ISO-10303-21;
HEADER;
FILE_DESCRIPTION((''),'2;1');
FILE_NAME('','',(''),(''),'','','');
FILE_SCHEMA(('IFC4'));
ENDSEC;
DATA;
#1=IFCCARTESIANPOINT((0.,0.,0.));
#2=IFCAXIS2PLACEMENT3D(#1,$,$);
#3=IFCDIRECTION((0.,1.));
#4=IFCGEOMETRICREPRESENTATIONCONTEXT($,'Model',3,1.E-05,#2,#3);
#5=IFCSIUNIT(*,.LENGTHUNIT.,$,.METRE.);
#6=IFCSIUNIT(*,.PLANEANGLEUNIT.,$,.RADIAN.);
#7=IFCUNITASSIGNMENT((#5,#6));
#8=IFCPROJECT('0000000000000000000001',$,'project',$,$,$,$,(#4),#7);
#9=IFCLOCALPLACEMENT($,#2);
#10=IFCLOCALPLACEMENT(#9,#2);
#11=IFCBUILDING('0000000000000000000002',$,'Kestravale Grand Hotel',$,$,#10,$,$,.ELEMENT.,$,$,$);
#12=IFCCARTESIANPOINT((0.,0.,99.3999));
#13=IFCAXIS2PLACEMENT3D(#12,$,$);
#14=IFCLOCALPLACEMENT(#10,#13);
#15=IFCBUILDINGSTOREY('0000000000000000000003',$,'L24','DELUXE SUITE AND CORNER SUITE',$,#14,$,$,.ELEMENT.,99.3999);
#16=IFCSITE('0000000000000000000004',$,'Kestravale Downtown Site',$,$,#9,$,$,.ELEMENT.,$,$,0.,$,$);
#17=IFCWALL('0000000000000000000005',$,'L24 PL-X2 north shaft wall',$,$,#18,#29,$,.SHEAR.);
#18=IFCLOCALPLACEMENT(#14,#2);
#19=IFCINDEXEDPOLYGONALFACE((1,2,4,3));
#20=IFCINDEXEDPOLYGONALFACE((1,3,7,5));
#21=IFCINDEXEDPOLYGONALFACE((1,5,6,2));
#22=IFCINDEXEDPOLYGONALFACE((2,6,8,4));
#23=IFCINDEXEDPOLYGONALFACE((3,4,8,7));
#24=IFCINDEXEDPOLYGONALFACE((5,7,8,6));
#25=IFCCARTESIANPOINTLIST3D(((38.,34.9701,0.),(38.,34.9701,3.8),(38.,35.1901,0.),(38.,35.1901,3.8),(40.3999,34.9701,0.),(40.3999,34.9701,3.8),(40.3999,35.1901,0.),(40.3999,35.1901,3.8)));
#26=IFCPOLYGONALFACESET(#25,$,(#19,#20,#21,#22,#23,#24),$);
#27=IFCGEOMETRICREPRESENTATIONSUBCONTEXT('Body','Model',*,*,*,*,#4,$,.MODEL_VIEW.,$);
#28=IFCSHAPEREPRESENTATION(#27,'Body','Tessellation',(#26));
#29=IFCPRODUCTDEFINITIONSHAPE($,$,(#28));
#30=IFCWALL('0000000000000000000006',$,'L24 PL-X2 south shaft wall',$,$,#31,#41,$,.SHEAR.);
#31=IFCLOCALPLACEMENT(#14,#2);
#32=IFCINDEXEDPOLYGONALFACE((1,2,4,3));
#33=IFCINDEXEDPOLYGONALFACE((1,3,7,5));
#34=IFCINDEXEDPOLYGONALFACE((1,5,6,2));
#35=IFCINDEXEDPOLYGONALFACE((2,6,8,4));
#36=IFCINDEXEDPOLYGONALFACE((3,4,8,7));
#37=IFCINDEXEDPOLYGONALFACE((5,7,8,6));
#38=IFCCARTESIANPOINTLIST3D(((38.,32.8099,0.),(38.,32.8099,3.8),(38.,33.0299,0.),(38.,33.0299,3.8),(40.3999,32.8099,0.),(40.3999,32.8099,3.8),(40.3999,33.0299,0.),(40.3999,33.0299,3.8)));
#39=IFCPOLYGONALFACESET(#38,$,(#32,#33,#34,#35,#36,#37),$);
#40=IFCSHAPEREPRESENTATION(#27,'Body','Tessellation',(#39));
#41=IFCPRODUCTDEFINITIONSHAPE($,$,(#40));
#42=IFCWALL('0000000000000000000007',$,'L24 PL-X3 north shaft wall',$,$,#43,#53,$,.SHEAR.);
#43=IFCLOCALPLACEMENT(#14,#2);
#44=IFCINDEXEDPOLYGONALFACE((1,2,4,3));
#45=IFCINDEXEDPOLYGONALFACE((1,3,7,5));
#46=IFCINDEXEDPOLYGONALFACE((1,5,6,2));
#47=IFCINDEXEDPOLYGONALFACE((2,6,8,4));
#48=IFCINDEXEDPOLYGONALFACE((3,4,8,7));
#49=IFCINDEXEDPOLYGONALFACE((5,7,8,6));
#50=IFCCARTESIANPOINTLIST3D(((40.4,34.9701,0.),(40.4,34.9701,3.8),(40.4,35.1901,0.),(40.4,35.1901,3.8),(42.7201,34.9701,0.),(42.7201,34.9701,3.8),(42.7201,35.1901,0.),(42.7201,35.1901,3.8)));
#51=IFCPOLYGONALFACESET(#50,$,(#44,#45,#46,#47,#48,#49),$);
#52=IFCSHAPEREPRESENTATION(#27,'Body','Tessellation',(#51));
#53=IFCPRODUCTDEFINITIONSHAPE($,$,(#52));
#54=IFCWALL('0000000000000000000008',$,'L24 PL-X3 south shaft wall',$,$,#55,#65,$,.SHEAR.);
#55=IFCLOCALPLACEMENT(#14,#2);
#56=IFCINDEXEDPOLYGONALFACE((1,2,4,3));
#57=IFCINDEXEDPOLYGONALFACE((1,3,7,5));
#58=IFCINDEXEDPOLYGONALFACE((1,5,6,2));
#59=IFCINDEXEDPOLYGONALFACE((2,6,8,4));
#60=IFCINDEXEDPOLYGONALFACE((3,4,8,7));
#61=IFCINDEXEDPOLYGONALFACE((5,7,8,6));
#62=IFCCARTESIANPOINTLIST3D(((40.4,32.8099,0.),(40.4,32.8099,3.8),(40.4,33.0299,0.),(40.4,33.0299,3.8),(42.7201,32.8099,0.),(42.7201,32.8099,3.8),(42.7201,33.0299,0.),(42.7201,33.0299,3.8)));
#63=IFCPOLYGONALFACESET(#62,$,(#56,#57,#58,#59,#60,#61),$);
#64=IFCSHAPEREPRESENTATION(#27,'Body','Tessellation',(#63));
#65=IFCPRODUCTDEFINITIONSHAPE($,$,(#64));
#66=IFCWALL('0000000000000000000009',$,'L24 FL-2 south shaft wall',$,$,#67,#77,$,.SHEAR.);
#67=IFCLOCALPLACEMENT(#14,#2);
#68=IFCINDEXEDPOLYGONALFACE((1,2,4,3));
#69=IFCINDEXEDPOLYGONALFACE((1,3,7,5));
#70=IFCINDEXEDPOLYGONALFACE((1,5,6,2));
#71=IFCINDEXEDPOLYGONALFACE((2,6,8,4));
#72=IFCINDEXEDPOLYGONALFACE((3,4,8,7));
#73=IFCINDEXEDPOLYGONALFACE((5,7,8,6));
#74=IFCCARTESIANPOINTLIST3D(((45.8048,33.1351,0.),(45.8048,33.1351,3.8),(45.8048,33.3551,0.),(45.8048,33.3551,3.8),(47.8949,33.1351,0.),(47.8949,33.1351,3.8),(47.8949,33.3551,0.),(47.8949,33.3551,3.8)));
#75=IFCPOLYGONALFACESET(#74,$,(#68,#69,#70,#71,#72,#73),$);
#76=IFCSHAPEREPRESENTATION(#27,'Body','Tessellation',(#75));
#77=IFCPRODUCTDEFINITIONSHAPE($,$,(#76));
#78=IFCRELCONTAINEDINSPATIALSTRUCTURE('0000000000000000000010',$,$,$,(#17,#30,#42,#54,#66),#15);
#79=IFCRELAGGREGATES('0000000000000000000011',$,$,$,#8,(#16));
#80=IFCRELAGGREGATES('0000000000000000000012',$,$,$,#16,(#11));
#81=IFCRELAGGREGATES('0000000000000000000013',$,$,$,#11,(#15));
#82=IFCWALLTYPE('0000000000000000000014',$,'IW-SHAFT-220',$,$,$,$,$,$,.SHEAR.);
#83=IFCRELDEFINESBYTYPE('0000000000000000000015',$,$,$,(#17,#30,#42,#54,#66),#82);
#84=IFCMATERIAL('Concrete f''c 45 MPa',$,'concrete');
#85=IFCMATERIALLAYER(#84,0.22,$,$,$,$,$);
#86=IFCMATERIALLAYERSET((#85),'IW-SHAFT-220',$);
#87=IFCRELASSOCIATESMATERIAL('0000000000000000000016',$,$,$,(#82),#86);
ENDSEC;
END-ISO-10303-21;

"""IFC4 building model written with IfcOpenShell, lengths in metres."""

from ifc_helpers import new_model, si_unit, direction, frame, frame_2d, origin, place, context, subcontext, project, spatial, rectangle, extrude, material, layer, layer_set, type_object, element, save


model = new_model("IFC4")

# Units and contexts
model_context = context("Model", 3, precision=1e-05, world=origin(), true_north=direction((0.0, 1.0)))
body_context = subcontext(model_context, "Body", "Model", "MODEL_VIEW")
ifc_project = project(units=[si_unit("LENGTHUNIT", "METRE"), si_unit("PLANEANGLEUNIT", "RADIAN")], contexts=[model_context])

# Site, building, storey
site_placement = place(None, origin())
site = spatial("IfcSite", under=ifc_project, at=site_placement, Name="Kestravale Downtown Site", CompositionType="ELEMENT", RefElevation=0.0)
building_placement = place(site_placement, origin())
building = spatial("IfcBuilding", under=site, at=building_placement, Name="Kestravale Grand Hotel", CompositionType="ELEMENT")
storey_placement = place(building_placement, frame((0.0, 0.0, 99.3999)))
storey = spatial("IfcBuildingStorey", under=building, at=storey_placement, Name="L24", Description="DELUXE SUITE AND CORNER SUITE", CompositionType="ELEMENT", Elevation=99.3999)

# Walls
ifc_material_1 = material(Name="Concrete f'c 45 MPa", Category="concrete")
ifc_layer_1 = layer(ifc_material_1, 0.22)
ifc_layer_set_1 = layer_set([ifc_layer_1], Name="IW-SHAFT-220")
wall_type_1 = type_object("IfcWallType", Name="IW-SHAFT-220", PredefinedType="SHEAR", material=ifc_layer_set_1)
for number, where, z_axis, x_axis, name in (
    (1, (38.0, 35.0801, 0.0), (0.0, 0.0, 1.0), (1.0, 0.0, 0.0), "L24 PL-X2 north shaft wall"),
    (2, (38.0, 32.9199, 0.0), (0.0, 0.0, 1.0), (1.0, 0.0, 0.0), "L24 PL-X2 south shaft wall"),
):
    element("IfcWall", number, at=place(storey_placement, frame(where, z_axis=z_axis, x_axis=x_axis)), inside=storey, type_object=wall_type_1, Name=name, PredefinedType="SHEAR", context=body_context, shape_type="SweptSolid", body=[
        extrude(rectangle(XDim=2.3999, YDim=0.22, at=frame_2d((1.2, 0.0))), origin(), (0.0, 0.0, 1.0), 3.8),
    ])
for number, where, z_axis, x_axis, name in (
    (3, (40.3999, 35.0801, 0.0), (0.0, 0.0, 1.0), (1.0, 0.0, 0.0), "L24 PL-X3 north shaft wall"),
    (4, (40.3999, 32.9199, 0.0), (0.0, 0.0, 1.0), (1.0, 0.0, 0.0), "L24 PL-X3 south shaft wall"),
):
    element("IfcWall", number, at=place(storey_placement, frame(where, z_axis=z_axis, x_axis=x_axis)), inside=storey, type_object=wall_type_1, Name=name, PredefinedType="SHEAR", context=body_context, shape_type="SweptSolid", body=[
        extrude(rectangle(XDim=2.3201, YDim=0.22, at=frame_2d((1.1602, 0.0))), origin(), (0.0, 0.0, 1.0), 3.8),
    ])

# Wall
wall_1_placement = place(storey_placement, frame((45.8049, 33.2451, 0.0), z_axis=(0.0, 0.0, 1.0), x_axis=(1.0, 0.0, 0.0)))
element("IfcWall", 5, at=wall_1_placement, inside=storey, type_object=wall_type_1, Name="L24 FL-2 south shaft wall", PredefinedType="SHEAR", context=body_context, shape_type="SweptSolid", body=[
    extrude(rectangle(XDim=2.0901, YDim=0.22, at=frame_2d((1.0449, 0.0))), origin(), (0.0, 0.0, 1.0), 3.8),
])

save(model, "model.ifc")
